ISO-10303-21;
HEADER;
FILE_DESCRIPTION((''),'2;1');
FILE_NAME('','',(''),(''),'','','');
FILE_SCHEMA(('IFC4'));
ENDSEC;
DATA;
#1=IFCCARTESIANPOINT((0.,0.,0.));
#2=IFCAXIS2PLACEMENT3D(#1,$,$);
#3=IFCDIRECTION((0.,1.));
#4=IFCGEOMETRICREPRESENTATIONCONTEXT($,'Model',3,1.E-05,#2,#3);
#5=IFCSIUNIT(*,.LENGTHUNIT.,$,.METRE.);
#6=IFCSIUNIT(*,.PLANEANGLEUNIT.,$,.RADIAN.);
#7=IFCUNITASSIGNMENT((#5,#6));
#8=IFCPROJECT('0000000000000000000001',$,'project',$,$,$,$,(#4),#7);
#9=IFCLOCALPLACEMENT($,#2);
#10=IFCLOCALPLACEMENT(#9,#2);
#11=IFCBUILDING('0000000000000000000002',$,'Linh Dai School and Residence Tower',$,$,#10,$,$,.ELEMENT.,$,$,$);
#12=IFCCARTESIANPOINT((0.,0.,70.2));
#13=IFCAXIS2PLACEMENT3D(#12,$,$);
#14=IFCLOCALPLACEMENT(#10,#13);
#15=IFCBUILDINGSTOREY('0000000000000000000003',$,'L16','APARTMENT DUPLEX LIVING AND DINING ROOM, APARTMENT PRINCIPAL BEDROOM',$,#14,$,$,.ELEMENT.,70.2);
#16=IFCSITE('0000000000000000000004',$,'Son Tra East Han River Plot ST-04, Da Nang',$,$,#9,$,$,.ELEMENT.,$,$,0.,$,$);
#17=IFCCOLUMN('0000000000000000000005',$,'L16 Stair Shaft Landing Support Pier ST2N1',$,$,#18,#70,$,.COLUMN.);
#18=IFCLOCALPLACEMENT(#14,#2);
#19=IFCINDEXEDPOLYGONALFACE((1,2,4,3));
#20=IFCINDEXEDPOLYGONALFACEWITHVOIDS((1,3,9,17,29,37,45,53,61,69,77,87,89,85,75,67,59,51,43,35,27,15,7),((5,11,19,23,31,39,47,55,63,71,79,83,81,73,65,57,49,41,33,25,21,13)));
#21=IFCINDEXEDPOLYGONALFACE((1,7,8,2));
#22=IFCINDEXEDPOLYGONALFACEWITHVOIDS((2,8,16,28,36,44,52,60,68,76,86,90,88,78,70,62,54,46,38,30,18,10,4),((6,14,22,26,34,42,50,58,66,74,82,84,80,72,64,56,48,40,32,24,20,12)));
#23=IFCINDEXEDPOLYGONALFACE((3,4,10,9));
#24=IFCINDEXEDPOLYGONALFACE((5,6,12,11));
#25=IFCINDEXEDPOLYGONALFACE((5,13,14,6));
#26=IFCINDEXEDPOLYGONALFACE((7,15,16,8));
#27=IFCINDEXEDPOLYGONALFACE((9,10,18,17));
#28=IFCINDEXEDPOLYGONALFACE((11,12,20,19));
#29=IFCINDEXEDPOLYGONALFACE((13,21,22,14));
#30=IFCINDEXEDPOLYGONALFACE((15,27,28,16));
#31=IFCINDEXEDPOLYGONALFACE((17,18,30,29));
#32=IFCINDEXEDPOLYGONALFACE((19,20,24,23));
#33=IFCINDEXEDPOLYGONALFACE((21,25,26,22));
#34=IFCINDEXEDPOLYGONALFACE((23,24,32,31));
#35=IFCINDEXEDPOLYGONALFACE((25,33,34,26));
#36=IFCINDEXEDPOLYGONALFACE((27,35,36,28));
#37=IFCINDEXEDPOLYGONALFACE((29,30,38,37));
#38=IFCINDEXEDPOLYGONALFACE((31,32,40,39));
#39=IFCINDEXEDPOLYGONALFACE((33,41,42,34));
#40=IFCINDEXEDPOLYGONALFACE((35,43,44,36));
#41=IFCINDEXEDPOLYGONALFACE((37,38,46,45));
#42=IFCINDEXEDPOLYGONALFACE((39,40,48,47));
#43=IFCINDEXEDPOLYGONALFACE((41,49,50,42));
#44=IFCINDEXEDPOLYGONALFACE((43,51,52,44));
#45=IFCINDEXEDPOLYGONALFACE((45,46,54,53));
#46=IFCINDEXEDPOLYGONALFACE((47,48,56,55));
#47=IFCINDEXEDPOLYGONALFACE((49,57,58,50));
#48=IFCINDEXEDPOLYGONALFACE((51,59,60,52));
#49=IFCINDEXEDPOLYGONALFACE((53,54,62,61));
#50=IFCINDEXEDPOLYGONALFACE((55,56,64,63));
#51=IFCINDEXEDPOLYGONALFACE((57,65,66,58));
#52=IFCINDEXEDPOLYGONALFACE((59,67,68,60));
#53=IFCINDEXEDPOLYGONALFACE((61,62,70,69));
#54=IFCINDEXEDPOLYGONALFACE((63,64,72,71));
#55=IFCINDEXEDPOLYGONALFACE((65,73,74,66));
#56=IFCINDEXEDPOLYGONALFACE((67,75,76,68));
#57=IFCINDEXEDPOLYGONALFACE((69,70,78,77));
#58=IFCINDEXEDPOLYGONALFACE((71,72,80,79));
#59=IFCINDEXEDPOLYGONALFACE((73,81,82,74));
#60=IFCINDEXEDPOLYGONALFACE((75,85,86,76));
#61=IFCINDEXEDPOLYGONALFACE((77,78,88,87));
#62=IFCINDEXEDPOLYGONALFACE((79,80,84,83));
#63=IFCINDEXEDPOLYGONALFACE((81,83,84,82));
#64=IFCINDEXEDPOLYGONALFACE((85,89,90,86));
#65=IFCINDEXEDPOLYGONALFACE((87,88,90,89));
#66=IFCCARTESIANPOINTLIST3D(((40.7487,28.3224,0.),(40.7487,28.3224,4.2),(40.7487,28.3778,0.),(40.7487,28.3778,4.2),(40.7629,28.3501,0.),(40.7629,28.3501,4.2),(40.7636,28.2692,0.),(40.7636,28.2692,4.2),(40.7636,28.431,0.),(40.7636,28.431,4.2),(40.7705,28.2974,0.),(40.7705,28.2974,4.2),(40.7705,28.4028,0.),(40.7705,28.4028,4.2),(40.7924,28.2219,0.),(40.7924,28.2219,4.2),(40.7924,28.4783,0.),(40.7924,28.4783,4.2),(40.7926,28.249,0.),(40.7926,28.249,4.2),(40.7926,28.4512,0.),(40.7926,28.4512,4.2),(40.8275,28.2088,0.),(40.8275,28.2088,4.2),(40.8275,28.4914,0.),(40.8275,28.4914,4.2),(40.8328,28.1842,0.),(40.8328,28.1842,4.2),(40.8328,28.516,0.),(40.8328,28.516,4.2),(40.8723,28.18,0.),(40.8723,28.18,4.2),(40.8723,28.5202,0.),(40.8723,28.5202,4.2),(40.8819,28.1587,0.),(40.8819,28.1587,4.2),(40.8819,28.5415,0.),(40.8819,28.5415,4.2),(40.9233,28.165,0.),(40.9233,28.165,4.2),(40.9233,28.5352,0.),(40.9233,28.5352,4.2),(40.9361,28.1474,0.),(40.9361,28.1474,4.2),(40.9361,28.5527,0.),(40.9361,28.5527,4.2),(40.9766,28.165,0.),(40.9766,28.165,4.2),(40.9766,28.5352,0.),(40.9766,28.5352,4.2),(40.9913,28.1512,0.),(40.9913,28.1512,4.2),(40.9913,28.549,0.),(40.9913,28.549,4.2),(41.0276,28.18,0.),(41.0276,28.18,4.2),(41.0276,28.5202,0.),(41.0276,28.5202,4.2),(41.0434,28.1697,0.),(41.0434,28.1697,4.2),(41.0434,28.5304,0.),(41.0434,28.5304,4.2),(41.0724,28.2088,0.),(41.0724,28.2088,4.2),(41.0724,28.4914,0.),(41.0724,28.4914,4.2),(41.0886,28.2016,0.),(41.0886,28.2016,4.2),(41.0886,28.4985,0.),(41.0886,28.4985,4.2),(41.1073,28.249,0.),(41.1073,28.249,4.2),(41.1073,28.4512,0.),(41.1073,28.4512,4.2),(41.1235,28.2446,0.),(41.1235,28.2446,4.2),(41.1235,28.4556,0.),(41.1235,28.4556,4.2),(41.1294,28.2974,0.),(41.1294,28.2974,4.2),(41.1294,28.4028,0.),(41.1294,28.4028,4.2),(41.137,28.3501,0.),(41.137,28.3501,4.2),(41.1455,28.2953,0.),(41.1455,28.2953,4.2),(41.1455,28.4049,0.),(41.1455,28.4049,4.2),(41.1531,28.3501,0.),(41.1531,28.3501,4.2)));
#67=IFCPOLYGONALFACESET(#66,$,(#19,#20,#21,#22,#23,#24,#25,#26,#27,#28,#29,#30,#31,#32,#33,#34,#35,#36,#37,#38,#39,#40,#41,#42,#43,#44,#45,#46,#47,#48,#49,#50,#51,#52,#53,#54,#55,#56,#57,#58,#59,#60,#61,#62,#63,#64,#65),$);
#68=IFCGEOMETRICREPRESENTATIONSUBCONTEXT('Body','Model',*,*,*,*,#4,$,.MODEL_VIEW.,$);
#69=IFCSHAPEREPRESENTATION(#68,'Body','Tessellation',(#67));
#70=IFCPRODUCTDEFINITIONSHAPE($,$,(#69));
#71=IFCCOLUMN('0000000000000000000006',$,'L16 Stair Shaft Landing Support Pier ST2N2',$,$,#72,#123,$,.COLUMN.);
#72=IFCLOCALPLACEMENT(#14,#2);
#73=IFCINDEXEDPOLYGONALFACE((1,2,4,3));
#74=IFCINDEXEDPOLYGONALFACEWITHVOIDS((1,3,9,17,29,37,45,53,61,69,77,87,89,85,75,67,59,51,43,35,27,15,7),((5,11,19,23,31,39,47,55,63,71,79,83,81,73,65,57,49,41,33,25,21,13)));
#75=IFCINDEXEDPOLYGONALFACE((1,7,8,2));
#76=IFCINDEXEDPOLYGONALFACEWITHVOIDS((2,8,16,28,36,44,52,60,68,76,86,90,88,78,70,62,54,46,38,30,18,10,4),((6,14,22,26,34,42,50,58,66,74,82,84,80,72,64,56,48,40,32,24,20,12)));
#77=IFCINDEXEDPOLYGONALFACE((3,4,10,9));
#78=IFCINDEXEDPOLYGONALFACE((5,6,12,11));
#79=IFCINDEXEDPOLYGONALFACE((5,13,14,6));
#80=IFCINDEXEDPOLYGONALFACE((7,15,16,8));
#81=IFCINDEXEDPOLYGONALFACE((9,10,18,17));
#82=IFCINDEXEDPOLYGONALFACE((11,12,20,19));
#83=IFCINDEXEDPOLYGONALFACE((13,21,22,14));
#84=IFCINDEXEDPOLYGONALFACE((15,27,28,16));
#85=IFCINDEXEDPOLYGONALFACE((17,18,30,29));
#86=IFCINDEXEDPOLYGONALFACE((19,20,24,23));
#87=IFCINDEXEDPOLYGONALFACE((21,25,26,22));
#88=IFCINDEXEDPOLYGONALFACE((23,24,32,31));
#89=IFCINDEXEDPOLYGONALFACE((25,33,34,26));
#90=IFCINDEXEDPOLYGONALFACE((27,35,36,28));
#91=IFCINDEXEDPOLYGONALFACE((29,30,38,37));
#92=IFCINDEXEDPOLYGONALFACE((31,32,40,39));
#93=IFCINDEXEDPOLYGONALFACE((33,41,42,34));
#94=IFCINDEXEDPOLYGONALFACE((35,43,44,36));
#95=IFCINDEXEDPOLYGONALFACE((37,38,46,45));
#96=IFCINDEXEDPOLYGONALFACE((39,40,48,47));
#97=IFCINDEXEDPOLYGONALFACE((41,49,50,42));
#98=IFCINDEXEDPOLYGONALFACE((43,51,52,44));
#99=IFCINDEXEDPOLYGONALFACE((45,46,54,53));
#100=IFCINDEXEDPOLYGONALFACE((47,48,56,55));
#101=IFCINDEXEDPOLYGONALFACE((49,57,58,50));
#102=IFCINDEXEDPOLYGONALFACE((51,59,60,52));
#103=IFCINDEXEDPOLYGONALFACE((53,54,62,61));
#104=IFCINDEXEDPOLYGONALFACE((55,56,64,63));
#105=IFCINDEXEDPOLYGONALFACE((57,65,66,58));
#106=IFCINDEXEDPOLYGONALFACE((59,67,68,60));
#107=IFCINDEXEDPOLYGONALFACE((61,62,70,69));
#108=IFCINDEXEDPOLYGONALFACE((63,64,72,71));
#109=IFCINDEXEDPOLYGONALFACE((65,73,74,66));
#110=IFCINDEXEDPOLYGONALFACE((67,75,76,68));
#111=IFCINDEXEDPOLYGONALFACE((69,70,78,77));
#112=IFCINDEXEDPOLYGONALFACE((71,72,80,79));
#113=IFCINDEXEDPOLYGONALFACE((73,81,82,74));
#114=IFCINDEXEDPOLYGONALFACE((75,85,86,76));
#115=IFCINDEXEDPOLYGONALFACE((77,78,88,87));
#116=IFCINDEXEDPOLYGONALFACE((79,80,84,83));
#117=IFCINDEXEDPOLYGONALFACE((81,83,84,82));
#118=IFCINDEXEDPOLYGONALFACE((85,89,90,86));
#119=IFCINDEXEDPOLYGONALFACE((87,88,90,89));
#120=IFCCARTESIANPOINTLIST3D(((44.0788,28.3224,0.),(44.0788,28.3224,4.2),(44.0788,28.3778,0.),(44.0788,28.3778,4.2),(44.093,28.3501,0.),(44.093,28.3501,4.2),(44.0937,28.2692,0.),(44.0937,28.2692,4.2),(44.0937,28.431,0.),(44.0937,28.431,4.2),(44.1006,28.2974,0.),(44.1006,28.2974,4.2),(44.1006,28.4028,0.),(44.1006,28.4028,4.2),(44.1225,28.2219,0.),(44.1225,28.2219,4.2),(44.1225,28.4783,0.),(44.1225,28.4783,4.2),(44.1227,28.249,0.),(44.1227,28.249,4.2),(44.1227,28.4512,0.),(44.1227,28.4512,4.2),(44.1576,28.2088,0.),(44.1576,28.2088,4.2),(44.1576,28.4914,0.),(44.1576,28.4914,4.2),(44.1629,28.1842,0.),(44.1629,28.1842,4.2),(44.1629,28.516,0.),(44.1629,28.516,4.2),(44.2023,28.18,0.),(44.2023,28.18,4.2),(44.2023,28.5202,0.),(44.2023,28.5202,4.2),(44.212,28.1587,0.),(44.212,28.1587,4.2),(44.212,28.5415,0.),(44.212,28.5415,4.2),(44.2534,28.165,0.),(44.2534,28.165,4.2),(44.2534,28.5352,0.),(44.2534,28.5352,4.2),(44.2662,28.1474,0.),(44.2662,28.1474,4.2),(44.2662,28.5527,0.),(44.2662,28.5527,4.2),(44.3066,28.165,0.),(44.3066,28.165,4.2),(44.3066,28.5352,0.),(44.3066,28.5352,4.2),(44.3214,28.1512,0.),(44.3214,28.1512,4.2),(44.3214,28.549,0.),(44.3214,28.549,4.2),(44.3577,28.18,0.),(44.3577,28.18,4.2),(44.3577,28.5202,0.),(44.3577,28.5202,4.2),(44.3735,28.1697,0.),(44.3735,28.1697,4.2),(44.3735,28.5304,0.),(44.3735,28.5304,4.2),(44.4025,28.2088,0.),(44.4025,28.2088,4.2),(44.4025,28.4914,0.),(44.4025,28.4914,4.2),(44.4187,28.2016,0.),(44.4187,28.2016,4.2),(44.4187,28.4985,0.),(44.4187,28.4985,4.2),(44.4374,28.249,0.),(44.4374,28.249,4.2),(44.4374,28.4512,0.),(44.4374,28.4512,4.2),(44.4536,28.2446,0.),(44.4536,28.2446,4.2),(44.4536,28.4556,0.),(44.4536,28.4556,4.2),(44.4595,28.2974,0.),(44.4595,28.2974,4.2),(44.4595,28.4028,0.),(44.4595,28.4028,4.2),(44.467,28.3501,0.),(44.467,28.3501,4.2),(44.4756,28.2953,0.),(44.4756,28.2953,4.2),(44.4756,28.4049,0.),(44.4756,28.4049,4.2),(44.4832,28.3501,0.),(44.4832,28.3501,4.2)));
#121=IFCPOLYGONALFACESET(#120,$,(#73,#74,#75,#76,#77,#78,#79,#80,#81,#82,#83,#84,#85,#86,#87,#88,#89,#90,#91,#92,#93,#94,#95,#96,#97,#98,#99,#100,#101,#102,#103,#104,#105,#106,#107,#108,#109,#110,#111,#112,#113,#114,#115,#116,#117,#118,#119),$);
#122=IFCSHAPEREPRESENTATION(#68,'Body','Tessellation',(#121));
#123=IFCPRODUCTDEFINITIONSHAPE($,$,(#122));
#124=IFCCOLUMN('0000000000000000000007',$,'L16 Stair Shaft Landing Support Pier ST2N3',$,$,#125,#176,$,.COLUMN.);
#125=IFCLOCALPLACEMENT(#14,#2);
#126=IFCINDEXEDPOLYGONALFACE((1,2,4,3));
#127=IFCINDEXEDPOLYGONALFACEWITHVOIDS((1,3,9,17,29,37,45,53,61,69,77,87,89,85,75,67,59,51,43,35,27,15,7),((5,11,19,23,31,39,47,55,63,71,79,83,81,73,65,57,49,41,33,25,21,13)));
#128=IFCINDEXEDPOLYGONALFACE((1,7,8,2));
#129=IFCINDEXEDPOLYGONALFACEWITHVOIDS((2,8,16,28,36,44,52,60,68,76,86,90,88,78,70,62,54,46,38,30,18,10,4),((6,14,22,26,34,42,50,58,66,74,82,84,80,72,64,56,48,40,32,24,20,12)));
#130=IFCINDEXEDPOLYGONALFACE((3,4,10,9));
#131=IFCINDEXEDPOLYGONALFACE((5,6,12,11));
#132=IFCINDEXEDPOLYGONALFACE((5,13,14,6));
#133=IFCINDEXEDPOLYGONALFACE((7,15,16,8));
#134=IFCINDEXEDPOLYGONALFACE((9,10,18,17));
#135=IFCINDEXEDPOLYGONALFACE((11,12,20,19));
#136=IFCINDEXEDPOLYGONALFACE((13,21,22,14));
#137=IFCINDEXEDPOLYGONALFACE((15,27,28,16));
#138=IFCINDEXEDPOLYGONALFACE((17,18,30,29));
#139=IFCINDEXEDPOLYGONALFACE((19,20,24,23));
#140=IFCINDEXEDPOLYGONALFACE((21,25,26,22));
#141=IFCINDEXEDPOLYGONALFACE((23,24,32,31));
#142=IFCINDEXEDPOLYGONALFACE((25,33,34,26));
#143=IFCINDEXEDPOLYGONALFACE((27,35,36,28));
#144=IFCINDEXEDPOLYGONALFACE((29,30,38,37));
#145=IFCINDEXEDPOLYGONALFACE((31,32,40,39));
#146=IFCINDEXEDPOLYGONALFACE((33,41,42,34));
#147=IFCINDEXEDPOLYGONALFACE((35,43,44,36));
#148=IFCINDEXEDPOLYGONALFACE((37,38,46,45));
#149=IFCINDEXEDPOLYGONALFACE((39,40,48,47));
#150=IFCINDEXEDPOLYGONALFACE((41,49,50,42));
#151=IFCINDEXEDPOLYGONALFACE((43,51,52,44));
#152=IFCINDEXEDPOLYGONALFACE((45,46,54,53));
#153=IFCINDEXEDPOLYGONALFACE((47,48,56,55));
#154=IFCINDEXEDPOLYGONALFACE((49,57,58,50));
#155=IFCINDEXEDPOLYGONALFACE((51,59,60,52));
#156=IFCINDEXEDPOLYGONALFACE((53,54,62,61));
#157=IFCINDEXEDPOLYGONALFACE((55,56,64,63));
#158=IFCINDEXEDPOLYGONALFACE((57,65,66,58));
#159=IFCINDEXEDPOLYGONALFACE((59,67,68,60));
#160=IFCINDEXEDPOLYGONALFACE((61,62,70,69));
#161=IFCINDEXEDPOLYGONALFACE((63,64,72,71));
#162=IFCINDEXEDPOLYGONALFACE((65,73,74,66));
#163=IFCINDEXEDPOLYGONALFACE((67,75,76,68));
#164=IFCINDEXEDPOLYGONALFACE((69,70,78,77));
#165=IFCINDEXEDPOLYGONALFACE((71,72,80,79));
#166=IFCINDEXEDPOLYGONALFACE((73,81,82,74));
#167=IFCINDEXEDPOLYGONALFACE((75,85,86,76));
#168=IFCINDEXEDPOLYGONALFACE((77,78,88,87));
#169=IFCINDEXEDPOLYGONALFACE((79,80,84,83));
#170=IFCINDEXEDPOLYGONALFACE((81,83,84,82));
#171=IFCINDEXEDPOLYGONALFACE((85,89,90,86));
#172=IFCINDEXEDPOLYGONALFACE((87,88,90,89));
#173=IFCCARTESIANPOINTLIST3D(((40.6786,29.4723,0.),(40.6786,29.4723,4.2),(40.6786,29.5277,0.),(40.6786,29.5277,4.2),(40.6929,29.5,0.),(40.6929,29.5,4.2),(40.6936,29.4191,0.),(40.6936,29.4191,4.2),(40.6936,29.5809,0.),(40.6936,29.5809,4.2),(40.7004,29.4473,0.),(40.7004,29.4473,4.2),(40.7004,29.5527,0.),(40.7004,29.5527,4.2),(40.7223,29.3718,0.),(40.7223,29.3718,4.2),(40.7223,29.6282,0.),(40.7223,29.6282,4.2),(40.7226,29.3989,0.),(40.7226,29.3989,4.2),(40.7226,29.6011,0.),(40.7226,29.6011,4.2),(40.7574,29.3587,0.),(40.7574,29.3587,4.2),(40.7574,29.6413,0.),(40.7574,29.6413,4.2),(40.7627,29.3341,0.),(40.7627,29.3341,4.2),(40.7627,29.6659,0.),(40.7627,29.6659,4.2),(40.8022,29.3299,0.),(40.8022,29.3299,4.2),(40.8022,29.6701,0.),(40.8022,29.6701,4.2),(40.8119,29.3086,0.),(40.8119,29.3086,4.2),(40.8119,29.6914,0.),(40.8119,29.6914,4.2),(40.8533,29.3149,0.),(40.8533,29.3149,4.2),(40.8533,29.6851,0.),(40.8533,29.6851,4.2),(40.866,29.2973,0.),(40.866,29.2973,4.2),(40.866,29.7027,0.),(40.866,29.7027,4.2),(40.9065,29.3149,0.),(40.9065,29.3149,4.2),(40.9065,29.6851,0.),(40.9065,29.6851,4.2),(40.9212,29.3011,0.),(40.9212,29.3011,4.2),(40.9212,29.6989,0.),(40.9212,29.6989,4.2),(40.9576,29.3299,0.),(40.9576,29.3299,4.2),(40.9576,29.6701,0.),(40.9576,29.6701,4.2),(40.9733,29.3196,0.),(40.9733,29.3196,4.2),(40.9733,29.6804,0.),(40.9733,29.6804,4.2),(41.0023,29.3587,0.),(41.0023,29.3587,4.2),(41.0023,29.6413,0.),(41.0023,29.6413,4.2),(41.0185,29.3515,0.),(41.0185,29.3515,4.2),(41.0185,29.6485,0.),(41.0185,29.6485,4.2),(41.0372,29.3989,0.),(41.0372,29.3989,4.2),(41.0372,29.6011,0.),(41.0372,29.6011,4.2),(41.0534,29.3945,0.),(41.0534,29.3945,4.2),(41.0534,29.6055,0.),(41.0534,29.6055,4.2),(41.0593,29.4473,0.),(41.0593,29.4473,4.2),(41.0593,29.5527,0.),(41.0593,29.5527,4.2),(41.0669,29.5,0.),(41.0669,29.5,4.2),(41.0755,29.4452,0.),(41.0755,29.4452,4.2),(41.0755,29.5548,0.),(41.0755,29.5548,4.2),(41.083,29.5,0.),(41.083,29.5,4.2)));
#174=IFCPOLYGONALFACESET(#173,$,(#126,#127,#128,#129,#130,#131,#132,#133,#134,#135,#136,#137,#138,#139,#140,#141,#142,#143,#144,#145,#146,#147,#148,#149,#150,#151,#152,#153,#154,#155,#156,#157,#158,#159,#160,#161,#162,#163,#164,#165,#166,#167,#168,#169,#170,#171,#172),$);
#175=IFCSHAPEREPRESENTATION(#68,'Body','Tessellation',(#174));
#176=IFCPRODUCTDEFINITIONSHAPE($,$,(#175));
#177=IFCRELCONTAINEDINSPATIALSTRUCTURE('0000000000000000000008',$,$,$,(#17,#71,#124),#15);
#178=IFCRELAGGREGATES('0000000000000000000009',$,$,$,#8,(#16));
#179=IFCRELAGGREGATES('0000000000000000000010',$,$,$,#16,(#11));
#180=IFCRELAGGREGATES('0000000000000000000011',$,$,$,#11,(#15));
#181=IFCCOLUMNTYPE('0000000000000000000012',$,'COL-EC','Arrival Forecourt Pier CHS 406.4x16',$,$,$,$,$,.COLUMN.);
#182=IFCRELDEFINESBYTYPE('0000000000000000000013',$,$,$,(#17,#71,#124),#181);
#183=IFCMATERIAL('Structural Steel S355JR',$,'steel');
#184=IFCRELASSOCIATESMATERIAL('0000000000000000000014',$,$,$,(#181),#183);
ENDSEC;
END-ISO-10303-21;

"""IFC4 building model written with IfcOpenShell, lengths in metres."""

from ifc_helpers import new_model, si_unit, direction, frame, origin, origin_2d, place, context, subcontext, project, spatial, hollow_circle, extrude, material, material_profile, profile_set, type_object, element, save


model = new_model("IFC4")

# Units and contexts
model_context = context("Model", 3, precision=1e-05, world=origin(), true_north=direction((0.0, 1.0)))
body_context = subcontext(model_context, "Body", "Model", "MODEL_VIEW")
ifc_project = project(units=[si_unit("LENGTHUNIT", "METRE"), si_unit("PLANEANGLEUNIT", "RADIAN")], contexts=[model_context])

# Site, building, storey
site_placement = place(None, origin())
site = spatial("IfcSite", under=ifc_project, at=site_placement, Name="Son Tra East Han River Plot ST-04, Da Nang", CompositionType="ELEMENT", RefElevation=0.0)
building_placement = place(site_placement, origin())
building = spatial("IfcBuilding", under=site, at=building_placement, Name="Linh Dai School and Residence Tower", CompositionType="ELEMENT")
storey_placement = place(building_placement, frame((0.0, 0.0, 70.2)))
storey = spatial("IfcBuildingStorey", under=building, at=storey_placement, Name="L16", Description="APARTMENT DUPLEX LIVING AND DINING ROOM, APARTMENT PRINCIPAL BEDROOM", CompositionType="ELEMENT", Elevation=70.2)

# Columns
ifc_material_1 = material(Name="Structural Steel S355JR", Category="steel")
ifc_material_profile_1 = material_profile(ifc_material_1, hollow_circle(Radius=0.2031, WallThickness=0.0161, at=origin_2d()), Name="CHS 406.4x16")
ifc_profile_set_1 = profile_set([ifc_material_profile_1], Name="Structural Steel S355JR")
column_type_1 = type_object("IfcColumnType", Name="COL-EC", Description="Arrival Forecourt Pier CHS 406.4x16", PredefinedType="COLUMN", material=ifc_profile_set_1)
for number, where, z_axis, x_axis, name in (
    (1, (40.95, 28.3501, 0.0), (0.0, 0.0, 1.0), (1.0, 0.0, 0.0), "L16 Stair Shaft Landing Support Pier ST2N1"),
    (2, (44.28, 28.3501, 0.0), (0.0, 0.0, 1.0), (1.0, 0.0, 0.0), "L16 Stair Shaft Landing Support Pier ST2N2"),
    (3, (40.8799, 29.5, 0.0), (0.0, 0.0, 1.0), (1.0, 0.0, 0.0), "L16 Stair Shaft Landing Support Pier ST2N3"),
):
    element("IfcColumn", number, at=place(storey_placement, frame(where, z_axis=z_axis, x_axis=x_axis)), inside=storey, type_object=column_type_1, Name=name, PredefinedType="COLUMN", context=body_context, shape_type="SweptSolid", body=[
        extrude(hollow_circle(Radius=0.2031, WallThickness=0.0161, at=origin_2d()), origin(), (0.0, 0.0, 1.0), 4.2),
    ])

save(model, "model.ifc")
